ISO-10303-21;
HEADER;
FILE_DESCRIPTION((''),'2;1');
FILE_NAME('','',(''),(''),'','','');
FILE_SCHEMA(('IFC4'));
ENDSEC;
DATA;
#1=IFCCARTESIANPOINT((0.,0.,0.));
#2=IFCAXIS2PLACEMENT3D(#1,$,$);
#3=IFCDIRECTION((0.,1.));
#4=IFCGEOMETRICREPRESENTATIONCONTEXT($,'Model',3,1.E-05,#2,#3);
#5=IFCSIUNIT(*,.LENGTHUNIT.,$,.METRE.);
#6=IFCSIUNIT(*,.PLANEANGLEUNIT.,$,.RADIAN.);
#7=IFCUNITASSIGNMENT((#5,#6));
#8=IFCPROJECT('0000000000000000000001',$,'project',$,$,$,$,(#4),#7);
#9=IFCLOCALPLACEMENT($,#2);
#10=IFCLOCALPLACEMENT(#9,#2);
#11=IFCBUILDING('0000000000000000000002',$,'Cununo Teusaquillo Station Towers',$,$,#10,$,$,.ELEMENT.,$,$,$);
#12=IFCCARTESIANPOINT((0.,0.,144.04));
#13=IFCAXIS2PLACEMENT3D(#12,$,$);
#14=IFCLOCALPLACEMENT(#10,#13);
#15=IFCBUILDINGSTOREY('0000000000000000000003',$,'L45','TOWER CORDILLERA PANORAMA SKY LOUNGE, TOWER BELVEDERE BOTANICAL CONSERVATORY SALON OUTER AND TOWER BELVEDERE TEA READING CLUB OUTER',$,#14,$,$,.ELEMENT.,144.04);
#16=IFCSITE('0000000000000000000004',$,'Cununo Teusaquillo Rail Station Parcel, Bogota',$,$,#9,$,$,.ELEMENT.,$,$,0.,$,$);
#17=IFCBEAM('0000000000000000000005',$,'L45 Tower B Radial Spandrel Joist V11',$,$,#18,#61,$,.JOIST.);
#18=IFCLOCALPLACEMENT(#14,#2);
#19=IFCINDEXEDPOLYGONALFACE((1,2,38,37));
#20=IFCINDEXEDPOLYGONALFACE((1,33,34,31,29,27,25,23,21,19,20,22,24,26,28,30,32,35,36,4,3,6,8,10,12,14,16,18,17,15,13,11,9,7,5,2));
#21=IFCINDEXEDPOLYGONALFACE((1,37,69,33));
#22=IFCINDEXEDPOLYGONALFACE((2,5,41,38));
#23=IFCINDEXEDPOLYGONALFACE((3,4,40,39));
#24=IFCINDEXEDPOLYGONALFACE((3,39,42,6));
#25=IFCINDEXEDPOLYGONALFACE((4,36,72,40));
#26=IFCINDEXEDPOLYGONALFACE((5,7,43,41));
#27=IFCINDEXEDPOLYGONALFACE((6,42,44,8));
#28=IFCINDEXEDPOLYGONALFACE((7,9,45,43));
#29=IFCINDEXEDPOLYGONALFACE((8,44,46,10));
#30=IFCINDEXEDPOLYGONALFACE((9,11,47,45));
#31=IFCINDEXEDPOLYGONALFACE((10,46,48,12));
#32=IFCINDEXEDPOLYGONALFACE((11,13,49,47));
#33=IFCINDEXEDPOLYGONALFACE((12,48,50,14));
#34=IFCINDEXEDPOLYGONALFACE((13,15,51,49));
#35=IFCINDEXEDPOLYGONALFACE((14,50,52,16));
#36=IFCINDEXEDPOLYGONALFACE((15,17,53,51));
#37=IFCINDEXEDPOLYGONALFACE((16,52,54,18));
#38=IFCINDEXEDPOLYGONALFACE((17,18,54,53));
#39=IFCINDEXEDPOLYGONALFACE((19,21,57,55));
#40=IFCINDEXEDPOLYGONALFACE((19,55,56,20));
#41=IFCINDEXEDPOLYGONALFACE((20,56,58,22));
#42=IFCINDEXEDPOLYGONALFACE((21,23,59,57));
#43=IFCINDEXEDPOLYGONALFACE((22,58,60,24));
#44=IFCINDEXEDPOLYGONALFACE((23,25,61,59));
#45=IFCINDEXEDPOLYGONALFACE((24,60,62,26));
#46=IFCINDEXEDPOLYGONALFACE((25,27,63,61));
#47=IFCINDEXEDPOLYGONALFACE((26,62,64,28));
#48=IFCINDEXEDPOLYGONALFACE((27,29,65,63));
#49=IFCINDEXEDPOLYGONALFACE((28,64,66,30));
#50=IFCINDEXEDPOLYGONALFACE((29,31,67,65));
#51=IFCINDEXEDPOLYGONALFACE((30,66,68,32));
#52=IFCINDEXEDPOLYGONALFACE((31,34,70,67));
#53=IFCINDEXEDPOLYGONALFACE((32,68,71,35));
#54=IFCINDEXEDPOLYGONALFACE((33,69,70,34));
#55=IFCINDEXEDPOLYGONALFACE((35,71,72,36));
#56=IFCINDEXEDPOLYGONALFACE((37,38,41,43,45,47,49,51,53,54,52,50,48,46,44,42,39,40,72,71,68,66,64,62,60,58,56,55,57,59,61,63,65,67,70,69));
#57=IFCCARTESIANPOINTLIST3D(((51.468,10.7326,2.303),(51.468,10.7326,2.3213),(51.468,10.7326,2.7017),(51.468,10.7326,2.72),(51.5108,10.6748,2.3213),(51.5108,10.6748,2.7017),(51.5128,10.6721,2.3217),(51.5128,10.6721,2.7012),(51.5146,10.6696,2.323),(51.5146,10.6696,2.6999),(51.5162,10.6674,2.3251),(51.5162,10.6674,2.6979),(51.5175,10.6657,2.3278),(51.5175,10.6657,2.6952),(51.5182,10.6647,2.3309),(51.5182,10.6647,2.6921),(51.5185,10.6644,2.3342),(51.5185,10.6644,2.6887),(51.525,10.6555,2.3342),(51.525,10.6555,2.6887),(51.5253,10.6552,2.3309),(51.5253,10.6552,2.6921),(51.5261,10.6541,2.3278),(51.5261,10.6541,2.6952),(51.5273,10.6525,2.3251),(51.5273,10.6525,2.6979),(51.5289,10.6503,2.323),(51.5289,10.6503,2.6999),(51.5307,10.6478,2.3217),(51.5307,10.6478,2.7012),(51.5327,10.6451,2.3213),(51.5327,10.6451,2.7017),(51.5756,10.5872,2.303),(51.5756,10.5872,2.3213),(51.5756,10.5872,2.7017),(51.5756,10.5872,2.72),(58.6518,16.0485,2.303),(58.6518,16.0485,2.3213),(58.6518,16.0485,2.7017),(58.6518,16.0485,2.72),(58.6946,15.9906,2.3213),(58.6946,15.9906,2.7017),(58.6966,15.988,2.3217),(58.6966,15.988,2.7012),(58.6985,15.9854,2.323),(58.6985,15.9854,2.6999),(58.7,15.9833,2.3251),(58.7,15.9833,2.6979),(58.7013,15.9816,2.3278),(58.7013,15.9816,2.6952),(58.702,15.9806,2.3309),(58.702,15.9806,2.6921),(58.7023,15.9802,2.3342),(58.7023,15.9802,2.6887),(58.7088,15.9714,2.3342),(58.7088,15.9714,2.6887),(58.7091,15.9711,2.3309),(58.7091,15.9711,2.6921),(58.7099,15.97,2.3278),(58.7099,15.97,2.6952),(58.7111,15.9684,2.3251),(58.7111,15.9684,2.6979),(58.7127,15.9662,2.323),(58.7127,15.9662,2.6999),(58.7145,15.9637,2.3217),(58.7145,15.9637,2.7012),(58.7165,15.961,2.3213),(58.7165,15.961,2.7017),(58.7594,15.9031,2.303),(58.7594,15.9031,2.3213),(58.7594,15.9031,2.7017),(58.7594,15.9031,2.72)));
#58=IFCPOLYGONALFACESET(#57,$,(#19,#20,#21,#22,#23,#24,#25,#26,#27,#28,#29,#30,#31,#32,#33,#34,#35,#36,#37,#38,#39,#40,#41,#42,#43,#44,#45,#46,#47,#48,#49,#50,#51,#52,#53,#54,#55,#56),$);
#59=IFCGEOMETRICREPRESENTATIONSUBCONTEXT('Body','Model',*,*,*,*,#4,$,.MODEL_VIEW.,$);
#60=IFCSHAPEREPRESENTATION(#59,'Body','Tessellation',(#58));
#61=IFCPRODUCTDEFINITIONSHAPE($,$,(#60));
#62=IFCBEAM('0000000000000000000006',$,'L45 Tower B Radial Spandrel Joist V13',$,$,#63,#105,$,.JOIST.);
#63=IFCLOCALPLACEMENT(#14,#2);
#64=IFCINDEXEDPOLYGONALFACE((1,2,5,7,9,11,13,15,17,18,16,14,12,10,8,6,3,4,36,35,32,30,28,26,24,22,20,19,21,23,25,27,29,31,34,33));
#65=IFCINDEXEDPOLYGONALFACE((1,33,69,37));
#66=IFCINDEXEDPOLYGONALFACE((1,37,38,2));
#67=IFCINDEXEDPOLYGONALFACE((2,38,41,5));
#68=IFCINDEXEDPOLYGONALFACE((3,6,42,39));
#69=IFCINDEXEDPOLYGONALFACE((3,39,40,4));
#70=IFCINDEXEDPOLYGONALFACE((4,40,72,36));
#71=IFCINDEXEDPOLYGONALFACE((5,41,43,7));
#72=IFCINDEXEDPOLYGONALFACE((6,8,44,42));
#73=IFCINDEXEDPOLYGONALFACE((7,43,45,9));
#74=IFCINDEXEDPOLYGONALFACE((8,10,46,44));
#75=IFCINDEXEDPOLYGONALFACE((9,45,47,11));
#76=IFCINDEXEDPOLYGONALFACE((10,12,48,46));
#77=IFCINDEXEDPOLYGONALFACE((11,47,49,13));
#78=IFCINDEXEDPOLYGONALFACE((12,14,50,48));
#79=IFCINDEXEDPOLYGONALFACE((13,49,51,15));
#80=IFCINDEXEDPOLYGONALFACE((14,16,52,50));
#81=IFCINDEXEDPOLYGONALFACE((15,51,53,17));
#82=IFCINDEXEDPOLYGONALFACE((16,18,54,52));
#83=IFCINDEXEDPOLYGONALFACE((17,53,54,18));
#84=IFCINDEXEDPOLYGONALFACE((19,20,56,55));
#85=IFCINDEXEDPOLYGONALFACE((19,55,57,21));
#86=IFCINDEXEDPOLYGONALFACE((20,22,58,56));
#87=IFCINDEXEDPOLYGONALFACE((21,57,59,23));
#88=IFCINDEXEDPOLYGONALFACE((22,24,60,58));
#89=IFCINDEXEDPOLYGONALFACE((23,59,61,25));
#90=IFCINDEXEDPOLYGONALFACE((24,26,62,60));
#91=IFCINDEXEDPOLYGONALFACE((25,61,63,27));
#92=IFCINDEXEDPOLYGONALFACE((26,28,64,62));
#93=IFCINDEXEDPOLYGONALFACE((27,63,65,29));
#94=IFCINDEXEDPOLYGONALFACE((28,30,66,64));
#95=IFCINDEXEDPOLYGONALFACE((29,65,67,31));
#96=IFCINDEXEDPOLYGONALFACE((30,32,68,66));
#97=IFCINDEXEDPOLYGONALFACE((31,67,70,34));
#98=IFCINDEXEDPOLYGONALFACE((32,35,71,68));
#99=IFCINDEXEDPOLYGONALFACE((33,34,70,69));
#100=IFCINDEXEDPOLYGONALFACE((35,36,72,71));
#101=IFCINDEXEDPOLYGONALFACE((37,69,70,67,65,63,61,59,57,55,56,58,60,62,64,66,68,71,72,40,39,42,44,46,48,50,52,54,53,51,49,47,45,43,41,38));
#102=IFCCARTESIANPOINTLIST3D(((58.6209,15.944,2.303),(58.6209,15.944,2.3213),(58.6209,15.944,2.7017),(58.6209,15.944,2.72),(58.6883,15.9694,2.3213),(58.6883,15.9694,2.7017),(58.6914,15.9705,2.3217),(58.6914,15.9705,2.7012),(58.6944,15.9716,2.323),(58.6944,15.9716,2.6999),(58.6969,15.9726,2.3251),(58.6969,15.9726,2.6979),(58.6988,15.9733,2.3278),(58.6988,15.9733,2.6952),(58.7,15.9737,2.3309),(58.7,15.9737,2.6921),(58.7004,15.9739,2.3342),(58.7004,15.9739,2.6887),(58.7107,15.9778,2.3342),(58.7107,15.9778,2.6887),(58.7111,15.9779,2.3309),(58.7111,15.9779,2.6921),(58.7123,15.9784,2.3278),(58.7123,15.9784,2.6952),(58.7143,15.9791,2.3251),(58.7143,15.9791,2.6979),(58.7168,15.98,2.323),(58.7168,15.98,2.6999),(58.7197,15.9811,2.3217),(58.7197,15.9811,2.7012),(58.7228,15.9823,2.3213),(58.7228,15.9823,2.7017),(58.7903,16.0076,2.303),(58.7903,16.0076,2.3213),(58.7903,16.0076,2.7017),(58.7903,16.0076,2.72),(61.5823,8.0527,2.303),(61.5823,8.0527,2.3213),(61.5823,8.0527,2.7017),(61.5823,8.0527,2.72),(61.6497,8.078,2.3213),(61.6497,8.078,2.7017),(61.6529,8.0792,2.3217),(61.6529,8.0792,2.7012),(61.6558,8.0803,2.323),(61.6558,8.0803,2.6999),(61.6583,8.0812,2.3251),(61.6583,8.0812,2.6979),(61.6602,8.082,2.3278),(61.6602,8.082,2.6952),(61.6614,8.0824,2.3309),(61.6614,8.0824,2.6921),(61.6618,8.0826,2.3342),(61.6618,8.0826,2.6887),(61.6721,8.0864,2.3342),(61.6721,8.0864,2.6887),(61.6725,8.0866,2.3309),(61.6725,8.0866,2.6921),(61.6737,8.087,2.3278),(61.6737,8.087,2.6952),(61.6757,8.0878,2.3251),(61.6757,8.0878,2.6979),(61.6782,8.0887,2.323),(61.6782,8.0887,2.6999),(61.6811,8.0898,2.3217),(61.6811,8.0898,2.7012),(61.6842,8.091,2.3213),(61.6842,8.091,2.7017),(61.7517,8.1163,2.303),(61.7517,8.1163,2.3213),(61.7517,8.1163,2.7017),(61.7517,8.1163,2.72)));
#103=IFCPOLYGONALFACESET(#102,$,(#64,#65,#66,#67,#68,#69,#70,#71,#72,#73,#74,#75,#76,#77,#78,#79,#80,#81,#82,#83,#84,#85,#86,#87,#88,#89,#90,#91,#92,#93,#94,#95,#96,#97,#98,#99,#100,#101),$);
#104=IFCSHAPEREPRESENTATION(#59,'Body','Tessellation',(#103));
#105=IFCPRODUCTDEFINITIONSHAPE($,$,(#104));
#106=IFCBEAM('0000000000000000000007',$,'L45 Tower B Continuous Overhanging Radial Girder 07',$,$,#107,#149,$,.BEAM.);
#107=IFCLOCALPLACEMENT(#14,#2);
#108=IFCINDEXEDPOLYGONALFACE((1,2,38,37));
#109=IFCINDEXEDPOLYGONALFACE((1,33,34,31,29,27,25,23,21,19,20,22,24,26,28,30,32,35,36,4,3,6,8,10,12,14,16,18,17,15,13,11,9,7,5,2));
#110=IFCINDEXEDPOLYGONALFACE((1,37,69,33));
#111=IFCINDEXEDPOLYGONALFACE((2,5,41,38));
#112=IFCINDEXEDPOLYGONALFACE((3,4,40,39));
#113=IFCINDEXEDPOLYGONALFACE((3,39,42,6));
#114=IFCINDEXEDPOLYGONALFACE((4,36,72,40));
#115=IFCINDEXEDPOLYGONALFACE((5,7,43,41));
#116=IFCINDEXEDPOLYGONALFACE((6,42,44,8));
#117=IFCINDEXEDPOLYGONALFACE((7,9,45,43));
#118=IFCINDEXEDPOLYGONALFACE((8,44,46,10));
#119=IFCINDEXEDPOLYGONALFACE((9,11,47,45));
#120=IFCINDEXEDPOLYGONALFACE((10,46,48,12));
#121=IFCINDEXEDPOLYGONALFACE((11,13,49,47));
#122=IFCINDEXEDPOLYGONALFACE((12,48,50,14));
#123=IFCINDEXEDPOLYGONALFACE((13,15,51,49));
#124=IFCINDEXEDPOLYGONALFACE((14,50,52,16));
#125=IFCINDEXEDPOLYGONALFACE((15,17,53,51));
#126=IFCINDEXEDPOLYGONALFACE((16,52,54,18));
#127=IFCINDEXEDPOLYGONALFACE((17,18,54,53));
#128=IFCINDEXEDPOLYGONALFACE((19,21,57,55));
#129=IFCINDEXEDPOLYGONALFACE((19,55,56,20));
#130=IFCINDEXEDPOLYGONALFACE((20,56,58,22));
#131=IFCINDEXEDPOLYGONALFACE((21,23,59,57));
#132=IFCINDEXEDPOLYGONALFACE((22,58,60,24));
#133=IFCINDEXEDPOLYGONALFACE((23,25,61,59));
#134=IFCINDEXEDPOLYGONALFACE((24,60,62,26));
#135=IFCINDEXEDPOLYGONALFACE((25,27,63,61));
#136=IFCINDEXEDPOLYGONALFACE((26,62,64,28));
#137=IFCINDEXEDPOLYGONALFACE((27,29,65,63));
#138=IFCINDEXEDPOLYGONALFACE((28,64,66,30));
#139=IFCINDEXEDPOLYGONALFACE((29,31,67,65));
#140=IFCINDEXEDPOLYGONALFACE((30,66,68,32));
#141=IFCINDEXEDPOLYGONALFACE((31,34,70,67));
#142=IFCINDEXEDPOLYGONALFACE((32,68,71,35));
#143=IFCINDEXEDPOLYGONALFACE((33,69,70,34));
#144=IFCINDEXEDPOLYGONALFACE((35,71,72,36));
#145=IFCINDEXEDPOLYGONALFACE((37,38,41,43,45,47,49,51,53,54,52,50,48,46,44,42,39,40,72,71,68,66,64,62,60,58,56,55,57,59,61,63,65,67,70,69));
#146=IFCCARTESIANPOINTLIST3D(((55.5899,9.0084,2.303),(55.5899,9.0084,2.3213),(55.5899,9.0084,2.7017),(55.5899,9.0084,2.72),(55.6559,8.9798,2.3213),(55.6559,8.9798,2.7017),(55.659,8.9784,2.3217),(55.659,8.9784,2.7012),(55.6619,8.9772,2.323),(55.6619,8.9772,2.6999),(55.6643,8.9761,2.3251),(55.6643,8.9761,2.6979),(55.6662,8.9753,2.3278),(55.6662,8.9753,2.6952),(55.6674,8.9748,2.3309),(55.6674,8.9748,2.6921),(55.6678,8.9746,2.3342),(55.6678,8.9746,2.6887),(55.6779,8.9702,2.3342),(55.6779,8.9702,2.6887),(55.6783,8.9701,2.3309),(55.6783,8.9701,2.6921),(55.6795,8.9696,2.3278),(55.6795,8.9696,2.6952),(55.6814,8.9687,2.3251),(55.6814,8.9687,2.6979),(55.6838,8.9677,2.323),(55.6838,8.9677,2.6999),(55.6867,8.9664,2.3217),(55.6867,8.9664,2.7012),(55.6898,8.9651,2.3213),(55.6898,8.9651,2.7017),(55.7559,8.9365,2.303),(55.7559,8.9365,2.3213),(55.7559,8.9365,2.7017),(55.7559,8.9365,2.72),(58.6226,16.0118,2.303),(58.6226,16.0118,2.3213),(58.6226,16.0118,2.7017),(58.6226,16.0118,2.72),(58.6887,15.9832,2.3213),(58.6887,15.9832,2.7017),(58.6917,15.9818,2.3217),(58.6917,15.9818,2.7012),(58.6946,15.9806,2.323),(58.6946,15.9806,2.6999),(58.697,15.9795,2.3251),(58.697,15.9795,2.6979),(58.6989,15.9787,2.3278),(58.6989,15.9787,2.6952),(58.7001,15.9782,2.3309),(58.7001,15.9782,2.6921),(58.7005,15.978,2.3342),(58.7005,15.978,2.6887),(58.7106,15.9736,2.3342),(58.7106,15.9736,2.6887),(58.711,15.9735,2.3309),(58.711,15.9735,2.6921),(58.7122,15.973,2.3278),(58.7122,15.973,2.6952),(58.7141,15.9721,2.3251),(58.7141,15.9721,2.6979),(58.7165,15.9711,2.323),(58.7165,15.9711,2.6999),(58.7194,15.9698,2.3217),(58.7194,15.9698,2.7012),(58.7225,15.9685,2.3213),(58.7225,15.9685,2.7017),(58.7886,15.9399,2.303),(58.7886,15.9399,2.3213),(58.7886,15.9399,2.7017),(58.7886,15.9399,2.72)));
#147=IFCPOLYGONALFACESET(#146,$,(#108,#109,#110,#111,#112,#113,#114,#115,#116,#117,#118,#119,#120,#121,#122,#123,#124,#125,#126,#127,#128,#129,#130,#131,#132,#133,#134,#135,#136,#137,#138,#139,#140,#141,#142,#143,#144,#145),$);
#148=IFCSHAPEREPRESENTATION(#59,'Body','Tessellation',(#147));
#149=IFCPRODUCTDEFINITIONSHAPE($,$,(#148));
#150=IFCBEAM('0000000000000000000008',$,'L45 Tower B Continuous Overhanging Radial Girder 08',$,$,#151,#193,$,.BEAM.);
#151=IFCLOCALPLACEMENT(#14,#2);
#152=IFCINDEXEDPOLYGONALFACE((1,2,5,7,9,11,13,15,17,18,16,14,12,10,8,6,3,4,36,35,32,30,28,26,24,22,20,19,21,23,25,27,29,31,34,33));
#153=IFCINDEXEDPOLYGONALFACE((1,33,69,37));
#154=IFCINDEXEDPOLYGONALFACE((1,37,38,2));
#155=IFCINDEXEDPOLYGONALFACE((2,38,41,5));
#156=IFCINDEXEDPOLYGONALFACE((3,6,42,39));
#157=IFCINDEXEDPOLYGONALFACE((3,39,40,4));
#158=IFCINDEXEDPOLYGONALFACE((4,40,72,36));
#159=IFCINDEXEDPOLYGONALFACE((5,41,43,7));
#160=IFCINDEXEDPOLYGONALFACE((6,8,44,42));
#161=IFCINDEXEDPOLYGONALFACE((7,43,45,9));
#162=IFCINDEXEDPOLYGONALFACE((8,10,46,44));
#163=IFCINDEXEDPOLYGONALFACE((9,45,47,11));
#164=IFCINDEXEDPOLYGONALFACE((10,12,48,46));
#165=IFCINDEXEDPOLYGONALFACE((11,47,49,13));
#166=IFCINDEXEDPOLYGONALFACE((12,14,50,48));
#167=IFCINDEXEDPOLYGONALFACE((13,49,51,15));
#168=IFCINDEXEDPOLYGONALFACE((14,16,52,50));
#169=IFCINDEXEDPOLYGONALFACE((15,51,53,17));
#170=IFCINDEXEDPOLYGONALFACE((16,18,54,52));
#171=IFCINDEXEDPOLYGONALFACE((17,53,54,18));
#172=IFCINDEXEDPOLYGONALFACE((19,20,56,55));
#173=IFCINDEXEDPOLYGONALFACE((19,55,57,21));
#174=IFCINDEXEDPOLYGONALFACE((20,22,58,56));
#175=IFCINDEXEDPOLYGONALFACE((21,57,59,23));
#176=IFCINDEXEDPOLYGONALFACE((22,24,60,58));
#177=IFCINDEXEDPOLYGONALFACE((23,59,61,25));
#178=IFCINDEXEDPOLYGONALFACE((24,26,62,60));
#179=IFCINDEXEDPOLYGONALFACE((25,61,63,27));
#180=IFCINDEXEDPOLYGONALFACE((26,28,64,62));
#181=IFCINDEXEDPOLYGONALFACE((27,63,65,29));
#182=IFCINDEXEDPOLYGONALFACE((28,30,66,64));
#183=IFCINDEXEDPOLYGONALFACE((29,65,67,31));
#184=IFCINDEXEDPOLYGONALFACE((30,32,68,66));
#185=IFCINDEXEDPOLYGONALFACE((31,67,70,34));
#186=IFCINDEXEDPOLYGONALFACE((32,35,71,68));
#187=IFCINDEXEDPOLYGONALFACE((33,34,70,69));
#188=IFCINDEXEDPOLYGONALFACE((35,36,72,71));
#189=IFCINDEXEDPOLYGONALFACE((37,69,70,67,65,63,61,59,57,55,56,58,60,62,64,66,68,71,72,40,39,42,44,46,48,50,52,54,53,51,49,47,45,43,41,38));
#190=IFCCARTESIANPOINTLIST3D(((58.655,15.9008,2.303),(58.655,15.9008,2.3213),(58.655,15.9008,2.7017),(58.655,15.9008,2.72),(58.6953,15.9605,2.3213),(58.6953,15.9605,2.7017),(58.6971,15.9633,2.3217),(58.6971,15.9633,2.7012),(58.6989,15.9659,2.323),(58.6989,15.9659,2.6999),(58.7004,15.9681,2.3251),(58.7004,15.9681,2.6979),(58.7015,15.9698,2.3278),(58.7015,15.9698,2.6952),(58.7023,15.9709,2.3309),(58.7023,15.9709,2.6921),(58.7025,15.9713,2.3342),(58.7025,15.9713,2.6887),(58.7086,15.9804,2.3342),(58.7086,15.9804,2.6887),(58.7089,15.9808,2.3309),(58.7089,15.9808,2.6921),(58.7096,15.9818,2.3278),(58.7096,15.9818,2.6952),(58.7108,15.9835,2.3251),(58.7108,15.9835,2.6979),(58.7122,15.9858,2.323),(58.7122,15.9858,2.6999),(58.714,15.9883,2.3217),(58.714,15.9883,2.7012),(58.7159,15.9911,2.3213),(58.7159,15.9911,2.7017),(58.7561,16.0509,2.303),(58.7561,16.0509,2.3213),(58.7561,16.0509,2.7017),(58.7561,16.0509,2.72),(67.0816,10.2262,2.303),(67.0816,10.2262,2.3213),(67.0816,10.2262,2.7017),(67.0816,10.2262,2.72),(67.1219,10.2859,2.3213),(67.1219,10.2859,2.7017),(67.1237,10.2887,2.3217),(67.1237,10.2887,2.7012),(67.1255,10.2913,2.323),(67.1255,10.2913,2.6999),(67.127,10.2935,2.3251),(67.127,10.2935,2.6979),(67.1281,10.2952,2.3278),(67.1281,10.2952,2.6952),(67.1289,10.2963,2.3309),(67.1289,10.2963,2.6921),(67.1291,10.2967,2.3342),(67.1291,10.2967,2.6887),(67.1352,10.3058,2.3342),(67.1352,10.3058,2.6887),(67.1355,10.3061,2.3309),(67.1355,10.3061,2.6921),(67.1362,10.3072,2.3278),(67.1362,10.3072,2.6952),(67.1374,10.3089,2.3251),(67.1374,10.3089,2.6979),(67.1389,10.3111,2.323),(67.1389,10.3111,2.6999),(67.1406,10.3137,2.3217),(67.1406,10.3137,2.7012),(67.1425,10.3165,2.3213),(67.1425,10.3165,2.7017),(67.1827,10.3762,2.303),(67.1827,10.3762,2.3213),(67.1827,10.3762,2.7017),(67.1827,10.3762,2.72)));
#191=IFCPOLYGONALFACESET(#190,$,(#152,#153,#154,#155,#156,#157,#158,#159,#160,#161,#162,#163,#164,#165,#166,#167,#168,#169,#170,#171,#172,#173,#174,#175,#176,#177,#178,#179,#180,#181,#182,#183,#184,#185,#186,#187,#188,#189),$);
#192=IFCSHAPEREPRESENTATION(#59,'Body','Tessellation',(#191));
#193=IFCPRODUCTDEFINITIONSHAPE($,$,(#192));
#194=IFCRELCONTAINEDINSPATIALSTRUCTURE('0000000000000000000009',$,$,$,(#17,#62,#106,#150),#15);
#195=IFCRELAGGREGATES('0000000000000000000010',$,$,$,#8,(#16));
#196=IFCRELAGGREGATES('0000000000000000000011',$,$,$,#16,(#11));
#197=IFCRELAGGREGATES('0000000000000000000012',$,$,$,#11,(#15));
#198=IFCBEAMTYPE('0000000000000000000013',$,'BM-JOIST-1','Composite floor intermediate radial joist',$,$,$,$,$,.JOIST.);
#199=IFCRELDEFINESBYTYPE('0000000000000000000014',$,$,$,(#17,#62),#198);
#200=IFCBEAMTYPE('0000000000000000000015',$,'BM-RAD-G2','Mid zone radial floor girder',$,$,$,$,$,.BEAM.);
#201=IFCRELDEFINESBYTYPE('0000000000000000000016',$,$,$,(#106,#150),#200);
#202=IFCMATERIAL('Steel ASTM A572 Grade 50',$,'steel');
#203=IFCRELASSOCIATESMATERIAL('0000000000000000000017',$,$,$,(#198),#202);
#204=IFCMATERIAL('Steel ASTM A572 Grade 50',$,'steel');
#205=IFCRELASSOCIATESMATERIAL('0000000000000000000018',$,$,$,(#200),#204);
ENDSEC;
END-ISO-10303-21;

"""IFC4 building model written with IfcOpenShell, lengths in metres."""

from ifc_helpers import new_model, si_unit, direction, frame, origin, origin_2d, place, context, subcontext, project, spatial, i_section, extrude, material, material_profile, profile_set, type_object, element, save


model = new_model("IFC4")

# Units and contexts
model_context = context("Model", 3, precision=1e-05, world=origin(), true_north=direction((0.0, 1.0)))
body_context = subcontext(model_context, "Body", "Model", "MODEL_VIEW")
ifc_project = project(units=[si_unit("LENGTHUNIT", "METRE"), si_unit("PLANEANGLEUNIT", "RADIAN")], contexts=[model_context])

# Site, building, storey
site_placement = place(None, origin())
site = spatial("IfcSite", under=ifc_project, at=site_placement, Name="Cununo Teusaquillo Rail Station Parcel, Bogota", CompositionType="ELEMENT", RefElevation=0.0)
building_placement = place(site_placement, origin())
building = spatial("IfcBuilding", under=site, at=building_placement, Name="Cununo Teusaquillo Station Towers", CompositionType="ELEMENT")
storey_placement = place(building_placement, frame((0.0, 0.0, 144.04)))
storey = spatial("IfcBuildingStorey", under=building, at=storey_placement, Name="L45", Description="TOWER CORDILLERA PANORAMA SKY LOUNGE, TOWER BELVEDERE BOTANICAL CONSERVATORY SALON OUTER AND TOWER BELVEDERE TEA READING CLUB OUTER", CompositionType="ELEMENT", Elevation=144.04)

# Beams
ifc_material_1 = material(Name="Steel ASTM A572 Grade 50", Category="steel")
ifc_material_profile_1 = material_profile(ifc_material_1, i_section(OverallWidth=0.1809, OverallDepth=0.417, WebThickness=0.011, FlangeThickness=0.0183, FilletRadius=0.0129, at=origin_2d()), Name="W16X57")
ifc_profile_set_1 = profile_set([ifc_material_profile_1], Name="Steel ASTM A572 Grade 50")
beam_type_1 = type_object("IfcBeamType", Name="BM-JOIST-1", Description="Composite floor intermediate radial joist", PredefinedType="JOIST", material=ifc_profile_set_1)
beam_1_placement = place(storey_placement, frame((58.7056, 15.9758, 2.5115), z_axis=(-0.803848, -0.594834, 0.0), x_axis=(0.594834, -0.803848, 0.0)))
element("IfcBeam", 1, at=beam_1_placement, inside=storey, type_object=beam_type_1, Name="L45 Tower B Radial Spandrel Joist V11", PredefinedType="JOIST", context=body_context, shape_type="SweptSolid", body=[
    extrude(i_section(OverallWidth=0.1809, OverallDepth=0.417, WebThickness=0.011, FlangeThickness=0.0183, FilletRadius=0.0129, at=origin_2d()), origin(), (0.0, 0.0, 1.0), 8.9368),
])
beam_2_placement = place(storey_placement, frame((58.7056, 15.9758, 2.5115), z_axis=(0.351349, -0.936245, 0.0), x_axis=(0.936245, 0.351349, 0.0)))
element("IfcBeam", 2, at=beam_2_placement, inside=storey, type_object=beam_type_1, Name="L45 Tower B Radial Spandrel Joist V13", PredefinedType="JOIST", context=body_context, shape_type="SweptSolid", body=[
    extrude(i_section(OverallWidth=0.1809, OverallDepth=0.417, WebThickness=0.011, FlangeThickness=0.0183, FilletRadius=0.0129, at=origin_2d()), origin(), (0.0, 0.0, 1.0), 8.4287),
])
ifc_material_2 = material(Name="Steel ASTM A572 Grade 50", Category="steel")
ifc_material_profile_2 = material_profile(ifc_material_2, i_section(OverallWidth=0.1809, OverallDepth=0.417, WebThickness=0.011, FlangeThickness=0.0183, FilletRadius=0.0129, at=origin_2d()), Name="W16X57")
ifc_profile_set_2 = profile_set([ifc_material_profile_2], Name="Steel ASTM A572 Grade 50")
beam_type_2 = type_object("IfcBeamType", Name="BM-RAD-G2", Description="Mid zone radial floor girder", PredefinedType="BEAM", material=ifc_profile_set_2)
beam_3_placement = place(storey_placement, frame((58.7056, 15.9758, 2.5115), z_axis=(-0.397376, -0.917656, 0.0), x_axis=(0.917656, -0.397376, 0.0)))
element("IfcBeam", 3, at=beam_3_placement, inside=storey, type_object=beam_type_2, Name="L45 Tower B Continuous Overhanging Radial Girder 07", PredefinedType="BEAM", context=body_context, shape_type="SweptSolid", body=[
    extrude(i_section(OverallWidth=0.1809, OverallDepth=0.417, WebThickness=0.011, FlangeThickness=0.0183, FilletRadius=0.0129, at=origin_2d()), origin(), (0.0, 0.0, 1.0), 7.6318),
])
beam_4_placement = place(storey_placement, frame((58.7056, 15.9758, 2.5115), z_axis=(0.829457, -0.558571, 0.0), x_axis=(0.558571, 0.829457, 0.0)))
element("IfcBeam", 4, at=beam_4_placement, inside=storey, type_object=beam_type_2, Name="L45 Tower B Continuous Overhanging Radial Girder 08", PredefinedType="BEAM", context=body_context, shape_type="SweptSolid", body=[
    extrude(i_section(OverallWidth=0.1809, OverallDepth=0.417, WebThickness=0.011, FlangeThickness=0.0183, FilletRadius=0.0129, at=origin_2d()), origin(), (0.0, 0.0, 1.0), 10.1592),
])

save(model, "model.ifc")
